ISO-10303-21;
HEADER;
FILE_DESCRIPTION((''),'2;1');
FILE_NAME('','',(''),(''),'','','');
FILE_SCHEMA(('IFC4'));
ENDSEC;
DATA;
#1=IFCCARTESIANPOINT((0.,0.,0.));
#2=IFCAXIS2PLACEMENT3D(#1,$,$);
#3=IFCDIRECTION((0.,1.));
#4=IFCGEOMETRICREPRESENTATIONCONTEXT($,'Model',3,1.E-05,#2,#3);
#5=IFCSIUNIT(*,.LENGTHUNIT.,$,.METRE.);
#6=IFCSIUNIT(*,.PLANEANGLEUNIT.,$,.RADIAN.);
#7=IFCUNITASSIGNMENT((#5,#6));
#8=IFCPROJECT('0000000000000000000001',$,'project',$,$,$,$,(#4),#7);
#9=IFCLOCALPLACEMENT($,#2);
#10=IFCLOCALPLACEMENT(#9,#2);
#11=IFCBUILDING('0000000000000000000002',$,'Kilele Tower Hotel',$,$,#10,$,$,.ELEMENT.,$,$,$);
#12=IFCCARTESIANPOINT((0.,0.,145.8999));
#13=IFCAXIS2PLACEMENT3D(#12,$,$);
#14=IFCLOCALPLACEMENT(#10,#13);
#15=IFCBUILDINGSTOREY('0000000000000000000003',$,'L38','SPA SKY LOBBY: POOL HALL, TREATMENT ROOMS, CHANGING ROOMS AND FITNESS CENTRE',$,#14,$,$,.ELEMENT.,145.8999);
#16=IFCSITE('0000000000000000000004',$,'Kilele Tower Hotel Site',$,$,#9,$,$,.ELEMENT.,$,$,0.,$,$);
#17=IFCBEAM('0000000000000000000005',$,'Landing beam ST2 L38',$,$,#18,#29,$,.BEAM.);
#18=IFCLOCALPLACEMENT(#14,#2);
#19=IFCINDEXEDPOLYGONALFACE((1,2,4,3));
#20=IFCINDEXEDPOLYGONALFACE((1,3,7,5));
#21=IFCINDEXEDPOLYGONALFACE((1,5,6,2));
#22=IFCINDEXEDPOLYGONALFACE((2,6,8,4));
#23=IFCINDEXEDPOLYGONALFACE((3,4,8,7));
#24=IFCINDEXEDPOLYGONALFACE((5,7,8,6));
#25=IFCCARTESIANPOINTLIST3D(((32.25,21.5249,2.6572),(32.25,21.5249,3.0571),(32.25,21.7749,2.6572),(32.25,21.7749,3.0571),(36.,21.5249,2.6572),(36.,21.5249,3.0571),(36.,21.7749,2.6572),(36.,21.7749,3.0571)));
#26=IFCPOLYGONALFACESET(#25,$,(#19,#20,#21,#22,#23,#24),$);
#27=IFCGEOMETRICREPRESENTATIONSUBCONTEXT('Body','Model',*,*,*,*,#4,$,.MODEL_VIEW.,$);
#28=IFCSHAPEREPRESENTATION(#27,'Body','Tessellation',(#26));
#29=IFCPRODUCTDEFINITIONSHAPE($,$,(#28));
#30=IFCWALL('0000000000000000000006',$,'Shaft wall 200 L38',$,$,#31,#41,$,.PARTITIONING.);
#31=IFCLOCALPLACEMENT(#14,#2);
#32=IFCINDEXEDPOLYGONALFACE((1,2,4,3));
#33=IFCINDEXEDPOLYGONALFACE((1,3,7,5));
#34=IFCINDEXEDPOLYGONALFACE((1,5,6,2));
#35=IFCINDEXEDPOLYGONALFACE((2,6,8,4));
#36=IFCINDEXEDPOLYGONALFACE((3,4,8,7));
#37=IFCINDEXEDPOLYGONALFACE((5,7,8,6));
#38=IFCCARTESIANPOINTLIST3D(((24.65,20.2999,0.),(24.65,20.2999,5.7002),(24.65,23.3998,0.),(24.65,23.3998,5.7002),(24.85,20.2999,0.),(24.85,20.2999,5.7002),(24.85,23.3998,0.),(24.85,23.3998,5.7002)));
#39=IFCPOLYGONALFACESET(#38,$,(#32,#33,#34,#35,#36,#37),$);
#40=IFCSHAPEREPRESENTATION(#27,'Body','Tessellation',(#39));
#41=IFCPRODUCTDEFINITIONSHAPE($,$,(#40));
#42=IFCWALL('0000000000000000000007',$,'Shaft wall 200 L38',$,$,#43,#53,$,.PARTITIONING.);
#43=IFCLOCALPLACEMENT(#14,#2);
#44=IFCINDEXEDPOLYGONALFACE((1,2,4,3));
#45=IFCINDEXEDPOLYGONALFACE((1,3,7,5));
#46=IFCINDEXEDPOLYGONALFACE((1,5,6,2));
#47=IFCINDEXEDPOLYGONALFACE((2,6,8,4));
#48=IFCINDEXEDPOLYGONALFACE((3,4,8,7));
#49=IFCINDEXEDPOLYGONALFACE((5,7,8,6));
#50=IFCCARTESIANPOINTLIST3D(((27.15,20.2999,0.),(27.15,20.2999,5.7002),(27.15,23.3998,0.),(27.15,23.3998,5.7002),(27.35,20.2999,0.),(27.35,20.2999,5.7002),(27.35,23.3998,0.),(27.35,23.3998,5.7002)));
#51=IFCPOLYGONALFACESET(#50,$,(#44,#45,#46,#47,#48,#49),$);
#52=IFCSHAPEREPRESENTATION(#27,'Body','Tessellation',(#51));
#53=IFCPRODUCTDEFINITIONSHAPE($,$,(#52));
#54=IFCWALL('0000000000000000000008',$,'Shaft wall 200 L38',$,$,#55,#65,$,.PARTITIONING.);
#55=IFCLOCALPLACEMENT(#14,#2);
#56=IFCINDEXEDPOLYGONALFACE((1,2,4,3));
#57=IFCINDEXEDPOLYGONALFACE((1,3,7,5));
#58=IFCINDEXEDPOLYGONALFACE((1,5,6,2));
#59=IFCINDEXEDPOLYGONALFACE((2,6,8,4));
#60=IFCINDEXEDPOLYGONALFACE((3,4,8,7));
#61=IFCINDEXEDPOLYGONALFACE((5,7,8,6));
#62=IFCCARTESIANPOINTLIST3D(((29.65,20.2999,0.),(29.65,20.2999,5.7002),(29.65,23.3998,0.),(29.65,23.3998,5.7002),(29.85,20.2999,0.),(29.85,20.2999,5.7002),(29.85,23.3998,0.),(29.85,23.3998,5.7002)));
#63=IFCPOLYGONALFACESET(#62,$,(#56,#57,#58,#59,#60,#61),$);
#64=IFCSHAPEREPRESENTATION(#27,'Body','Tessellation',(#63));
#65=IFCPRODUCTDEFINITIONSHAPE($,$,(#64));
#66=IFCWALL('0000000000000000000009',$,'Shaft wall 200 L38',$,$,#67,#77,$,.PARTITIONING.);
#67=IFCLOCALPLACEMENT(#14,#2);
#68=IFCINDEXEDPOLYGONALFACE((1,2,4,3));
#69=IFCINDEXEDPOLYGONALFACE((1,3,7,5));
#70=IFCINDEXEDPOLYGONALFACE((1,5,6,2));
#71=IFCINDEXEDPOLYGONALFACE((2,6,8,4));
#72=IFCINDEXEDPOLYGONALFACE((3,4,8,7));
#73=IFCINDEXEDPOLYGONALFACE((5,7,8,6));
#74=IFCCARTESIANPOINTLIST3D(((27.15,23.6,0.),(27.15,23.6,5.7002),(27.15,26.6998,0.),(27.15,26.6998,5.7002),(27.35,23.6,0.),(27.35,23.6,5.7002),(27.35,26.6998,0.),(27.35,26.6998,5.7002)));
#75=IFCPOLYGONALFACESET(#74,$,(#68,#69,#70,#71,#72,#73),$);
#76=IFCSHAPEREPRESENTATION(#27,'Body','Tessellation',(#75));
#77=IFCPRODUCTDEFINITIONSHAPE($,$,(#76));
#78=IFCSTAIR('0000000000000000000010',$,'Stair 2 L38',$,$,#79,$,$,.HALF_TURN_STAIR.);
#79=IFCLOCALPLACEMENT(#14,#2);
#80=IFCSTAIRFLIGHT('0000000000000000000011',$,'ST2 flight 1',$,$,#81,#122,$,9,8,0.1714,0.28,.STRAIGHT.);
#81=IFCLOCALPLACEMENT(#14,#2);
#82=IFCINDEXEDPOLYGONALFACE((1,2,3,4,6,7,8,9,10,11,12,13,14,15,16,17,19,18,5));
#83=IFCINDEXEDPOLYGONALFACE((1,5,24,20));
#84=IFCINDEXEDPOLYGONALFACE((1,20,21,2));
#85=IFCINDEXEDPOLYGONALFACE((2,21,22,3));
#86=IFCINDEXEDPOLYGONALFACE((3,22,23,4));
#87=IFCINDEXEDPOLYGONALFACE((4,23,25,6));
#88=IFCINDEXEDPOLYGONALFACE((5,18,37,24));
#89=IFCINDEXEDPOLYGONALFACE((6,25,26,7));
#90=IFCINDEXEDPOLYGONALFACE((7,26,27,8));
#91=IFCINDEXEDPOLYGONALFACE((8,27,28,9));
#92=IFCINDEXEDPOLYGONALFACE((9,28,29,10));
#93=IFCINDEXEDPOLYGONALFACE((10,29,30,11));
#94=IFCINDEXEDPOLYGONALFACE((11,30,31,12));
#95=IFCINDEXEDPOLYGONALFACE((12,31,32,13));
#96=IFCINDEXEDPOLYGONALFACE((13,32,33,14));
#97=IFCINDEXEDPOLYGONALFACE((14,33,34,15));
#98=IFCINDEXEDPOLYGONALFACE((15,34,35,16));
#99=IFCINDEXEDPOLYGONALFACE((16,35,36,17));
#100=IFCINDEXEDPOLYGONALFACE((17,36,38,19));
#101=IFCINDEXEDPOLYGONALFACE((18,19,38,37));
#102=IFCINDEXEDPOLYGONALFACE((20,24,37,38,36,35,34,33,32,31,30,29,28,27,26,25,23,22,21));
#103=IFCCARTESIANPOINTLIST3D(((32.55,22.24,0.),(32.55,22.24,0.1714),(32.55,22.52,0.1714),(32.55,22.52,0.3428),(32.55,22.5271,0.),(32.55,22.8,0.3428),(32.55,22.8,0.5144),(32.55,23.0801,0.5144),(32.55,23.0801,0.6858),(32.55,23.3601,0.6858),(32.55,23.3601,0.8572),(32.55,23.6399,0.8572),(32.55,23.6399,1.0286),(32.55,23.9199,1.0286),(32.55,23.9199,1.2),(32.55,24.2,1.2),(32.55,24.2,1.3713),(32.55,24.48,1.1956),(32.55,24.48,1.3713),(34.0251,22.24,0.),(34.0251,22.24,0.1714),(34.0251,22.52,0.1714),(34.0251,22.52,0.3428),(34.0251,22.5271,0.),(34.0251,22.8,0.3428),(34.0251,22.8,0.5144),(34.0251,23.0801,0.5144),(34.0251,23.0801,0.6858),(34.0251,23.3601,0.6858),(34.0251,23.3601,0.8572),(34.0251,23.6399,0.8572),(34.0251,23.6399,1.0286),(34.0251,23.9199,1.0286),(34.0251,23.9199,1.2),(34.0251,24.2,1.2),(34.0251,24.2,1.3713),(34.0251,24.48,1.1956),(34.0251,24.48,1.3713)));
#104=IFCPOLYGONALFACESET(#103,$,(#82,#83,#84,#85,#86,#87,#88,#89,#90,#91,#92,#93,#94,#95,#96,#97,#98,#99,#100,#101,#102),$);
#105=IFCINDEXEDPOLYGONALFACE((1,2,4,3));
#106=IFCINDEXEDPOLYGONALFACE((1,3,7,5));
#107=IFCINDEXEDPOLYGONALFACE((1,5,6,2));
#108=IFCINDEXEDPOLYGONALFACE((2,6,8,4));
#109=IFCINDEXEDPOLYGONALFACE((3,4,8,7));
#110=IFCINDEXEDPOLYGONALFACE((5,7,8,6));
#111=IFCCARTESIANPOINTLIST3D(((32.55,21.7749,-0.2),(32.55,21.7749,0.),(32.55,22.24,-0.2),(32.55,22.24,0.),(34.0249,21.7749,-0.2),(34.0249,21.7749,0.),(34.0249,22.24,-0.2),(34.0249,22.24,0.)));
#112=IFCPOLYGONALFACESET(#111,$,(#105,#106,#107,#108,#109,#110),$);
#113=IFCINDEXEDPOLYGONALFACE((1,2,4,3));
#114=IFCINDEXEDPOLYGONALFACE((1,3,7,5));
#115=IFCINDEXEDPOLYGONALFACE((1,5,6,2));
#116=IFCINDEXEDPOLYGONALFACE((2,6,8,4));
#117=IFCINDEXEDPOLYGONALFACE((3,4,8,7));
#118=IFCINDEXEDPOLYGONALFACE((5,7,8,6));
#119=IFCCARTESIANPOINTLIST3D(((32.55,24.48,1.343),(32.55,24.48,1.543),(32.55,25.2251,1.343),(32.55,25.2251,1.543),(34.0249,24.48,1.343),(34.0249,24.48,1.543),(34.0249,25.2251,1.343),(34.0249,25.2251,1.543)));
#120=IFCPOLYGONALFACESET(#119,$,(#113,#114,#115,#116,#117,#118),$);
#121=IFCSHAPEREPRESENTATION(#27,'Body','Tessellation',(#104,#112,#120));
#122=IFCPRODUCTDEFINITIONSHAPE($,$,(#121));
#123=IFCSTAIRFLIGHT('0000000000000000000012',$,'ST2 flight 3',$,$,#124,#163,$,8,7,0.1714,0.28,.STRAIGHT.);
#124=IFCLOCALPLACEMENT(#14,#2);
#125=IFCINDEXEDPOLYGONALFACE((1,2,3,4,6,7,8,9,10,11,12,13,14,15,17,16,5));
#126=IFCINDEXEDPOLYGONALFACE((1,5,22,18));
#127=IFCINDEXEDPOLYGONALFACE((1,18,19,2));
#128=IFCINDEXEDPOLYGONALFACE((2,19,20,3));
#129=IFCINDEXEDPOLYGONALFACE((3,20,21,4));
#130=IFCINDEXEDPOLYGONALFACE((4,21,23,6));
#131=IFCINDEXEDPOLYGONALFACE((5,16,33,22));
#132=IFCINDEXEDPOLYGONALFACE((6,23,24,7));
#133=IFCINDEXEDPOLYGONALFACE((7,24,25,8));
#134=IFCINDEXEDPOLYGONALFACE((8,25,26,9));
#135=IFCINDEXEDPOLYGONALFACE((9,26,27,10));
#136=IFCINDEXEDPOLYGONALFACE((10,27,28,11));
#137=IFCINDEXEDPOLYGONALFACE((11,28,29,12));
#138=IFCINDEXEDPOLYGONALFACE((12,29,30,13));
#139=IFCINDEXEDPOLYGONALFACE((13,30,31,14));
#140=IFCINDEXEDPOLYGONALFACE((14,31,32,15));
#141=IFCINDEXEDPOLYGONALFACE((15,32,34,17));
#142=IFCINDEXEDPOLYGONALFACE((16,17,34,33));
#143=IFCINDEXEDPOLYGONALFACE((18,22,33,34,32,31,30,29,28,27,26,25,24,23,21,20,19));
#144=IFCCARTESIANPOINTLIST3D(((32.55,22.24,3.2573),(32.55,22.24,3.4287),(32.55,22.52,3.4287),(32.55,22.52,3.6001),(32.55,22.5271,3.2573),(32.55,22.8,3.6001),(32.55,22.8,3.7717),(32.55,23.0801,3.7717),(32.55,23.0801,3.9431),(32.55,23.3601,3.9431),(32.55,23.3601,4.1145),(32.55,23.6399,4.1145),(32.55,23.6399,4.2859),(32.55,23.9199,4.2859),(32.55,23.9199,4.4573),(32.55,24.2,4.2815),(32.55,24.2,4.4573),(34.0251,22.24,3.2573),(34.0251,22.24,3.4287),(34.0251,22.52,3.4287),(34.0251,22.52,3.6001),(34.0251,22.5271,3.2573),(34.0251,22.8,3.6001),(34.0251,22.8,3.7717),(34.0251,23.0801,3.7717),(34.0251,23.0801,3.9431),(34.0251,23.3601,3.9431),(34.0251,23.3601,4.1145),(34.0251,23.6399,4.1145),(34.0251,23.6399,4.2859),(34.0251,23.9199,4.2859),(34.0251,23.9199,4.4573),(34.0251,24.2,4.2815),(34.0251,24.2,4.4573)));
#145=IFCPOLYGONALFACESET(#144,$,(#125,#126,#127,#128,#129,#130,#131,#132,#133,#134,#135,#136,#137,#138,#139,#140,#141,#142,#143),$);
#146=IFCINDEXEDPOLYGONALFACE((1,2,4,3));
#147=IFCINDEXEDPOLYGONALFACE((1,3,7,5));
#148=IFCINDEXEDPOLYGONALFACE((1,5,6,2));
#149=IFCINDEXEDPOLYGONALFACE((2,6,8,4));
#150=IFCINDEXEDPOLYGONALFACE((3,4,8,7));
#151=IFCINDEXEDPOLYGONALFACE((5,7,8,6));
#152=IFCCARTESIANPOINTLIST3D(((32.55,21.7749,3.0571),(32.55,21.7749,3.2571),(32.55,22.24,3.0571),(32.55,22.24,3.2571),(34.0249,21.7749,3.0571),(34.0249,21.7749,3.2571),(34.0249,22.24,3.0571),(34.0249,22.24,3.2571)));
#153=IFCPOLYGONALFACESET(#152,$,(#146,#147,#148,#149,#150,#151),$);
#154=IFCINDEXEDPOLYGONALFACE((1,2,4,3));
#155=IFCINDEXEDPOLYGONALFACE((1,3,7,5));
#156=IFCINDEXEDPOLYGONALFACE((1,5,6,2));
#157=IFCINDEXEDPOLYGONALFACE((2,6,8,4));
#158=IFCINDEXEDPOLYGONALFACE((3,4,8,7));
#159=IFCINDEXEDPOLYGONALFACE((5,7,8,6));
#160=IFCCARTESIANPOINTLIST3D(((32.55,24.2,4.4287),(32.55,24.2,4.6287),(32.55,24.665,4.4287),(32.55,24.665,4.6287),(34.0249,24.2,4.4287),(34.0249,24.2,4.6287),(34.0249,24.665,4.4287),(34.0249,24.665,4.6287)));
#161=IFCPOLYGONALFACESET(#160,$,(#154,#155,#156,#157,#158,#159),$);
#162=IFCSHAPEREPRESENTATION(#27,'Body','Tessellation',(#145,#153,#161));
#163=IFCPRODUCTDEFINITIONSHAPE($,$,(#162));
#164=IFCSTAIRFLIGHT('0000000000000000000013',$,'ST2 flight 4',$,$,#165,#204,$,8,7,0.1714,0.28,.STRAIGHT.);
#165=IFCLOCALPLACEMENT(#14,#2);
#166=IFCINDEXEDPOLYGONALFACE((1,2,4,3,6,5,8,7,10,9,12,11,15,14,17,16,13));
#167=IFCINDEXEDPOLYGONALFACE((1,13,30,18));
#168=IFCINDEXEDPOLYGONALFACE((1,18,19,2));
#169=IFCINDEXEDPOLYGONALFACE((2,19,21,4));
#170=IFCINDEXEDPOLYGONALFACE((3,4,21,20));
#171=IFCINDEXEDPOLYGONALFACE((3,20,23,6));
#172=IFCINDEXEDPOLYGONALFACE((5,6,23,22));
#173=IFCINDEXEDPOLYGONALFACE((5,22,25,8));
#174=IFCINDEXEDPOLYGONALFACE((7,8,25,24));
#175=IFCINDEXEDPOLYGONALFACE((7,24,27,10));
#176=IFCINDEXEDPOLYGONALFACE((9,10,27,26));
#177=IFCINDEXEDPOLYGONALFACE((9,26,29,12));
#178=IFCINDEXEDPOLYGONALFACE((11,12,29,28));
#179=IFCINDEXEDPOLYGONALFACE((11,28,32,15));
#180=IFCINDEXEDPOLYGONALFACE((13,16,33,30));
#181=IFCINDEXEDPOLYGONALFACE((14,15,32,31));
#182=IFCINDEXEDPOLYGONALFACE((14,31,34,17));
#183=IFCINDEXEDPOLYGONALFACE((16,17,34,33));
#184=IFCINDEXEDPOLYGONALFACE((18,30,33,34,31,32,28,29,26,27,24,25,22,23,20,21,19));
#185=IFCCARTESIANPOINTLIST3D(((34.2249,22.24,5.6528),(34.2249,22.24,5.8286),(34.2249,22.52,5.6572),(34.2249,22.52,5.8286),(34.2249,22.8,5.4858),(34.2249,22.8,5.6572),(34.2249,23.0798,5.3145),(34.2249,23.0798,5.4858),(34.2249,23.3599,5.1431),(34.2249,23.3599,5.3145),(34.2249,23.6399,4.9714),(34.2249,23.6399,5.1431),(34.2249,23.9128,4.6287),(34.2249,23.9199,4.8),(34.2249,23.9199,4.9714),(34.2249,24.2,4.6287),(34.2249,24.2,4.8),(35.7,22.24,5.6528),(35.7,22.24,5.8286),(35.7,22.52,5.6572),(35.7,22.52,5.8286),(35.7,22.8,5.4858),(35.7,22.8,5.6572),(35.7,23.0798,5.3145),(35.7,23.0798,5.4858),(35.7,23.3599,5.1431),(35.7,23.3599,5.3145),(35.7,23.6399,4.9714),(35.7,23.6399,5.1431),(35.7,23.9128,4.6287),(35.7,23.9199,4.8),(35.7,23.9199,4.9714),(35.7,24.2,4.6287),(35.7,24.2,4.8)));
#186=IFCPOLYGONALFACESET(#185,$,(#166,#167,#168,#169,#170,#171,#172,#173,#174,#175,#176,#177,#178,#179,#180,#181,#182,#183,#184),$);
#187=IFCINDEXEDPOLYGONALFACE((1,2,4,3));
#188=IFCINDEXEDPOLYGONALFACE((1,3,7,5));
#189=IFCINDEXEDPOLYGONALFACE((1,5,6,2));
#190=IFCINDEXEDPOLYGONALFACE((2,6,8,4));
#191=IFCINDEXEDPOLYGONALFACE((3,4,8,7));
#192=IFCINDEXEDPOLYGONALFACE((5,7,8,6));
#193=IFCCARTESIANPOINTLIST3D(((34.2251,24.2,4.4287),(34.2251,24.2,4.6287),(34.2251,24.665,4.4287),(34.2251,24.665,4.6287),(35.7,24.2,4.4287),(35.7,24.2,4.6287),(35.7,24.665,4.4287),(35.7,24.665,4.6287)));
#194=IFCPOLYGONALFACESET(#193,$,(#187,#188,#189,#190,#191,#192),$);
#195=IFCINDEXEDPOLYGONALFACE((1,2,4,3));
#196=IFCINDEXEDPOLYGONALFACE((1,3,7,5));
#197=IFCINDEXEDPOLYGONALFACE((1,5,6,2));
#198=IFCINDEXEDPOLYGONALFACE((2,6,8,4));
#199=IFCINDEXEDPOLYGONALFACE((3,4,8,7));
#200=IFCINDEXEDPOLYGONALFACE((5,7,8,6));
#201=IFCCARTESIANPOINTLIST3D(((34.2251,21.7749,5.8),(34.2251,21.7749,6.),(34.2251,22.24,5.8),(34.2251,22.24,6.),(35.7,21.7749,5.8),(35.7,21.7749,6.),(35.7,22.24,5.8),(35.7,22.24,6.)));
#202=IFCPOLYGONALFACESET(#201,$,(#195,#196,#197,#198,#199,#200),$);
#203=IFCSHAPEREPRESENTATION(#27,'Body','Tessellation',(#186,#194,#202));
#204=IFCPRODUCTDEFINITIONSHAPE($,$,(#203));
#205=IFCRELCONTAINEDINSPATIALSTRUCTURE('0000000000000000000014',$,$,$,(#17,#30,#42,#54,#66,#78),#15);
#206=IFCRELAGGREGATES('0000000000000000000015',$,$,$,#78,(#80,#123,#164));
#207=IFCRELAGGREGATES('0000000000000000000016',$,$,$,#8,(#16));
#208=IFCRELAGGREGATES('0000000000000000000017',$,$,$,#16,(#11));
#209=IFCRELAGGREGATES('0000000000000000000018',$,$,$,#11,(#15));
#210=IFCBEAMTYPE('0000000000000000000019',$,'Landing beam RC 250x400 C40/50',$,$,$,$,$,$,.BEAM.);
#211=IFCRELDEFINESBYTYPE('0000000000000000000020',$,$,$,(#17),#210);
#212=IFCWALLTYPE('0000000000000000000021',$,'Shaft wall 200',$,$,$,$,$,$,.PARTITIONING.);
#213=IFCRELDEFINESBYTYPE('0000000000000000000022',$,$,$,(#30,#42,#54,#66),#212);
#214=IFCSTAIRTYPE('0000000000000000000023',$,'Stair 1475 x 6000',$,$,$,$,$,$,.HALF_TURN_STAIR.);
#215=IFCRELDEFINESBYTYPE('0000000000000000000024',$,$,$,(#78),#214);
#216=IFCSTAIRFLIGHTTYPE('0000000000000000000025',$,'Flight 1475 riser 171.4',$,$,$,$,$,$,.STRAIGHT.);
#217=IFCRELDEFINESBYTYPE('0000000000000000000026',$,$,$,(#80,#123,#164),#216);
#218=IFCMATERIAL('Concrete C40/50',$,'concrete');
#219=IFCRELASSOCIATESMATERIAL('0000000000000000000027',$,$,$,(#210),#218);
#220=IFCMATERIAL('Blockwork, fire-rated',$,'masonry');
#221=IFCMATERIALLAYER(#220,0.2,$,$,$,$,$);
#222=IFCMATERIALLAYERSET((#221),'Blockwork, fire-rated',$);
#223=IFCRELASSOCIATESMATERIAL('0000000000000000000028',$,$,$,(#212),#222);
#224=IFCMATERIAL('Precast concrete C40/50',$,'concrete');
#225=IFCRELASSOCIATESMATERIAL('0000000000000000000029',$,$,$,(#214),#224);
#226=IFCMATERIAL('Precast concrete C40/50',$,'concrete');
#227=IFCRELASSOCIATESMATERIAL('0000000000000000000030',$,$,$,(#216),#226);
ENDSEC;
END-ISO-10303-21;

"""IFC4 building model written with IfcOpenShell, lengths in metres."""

from ifc_helpers import new_model, si_unit, direction, frame, frame_2d, origin, origin_2d, place, context, subcontext, project, spatial, polyline, rectangle, outline, extrude, material, layer, layer_set, material_profile, profile_set, type_object, element, aggregate, save


model = new_model("IFC4")

# Units and contexts
model_context = context("Model", 3, precision=1e-05, world=origin(), true_north=direction((0.0, 1.0)))
body_context = subcontext(model_context, "Body", "Model", "MODEL_VIEW")
ifc_project = project(units=[si_unit("LENGTHUNIT", "METRE"), si_unit("PLANEANGLEUNIT", "RADIAN")], contexts=[model_context])

# Site, building, storey
site_placement = place(None, origin())
site = spatial("IfcSite", under=ifc_project, at=site_placement, Name="Kilele Tower Hotel Site", CompositionType="ELEMENT", RefElevation=0.0)
building_placement = place(site_placement, origin())
building = spatial("IfcBuilding", under=site, at=building_placement, Name="Kilele Tower Hotel", CompositionType="ELEMENT")
storey_placement = place(building_placement, frame((0.0, 0.0, 145.8999)))
storey = spatial("IfcBuildingStorey", under=building, at=storey_placement, Name="L38", Description="SPA SKY LOBBY: POOL HALL, TREATMENT ROOMS, CHANGING ROOMS AND FITNESS CENTRE", CompositionType="ELEMENT", Elevation=145.8999)

# Beam
ifc_material_1 = material(Name="Concrete C40/50", Category="concrete")
ifc_material_profile = material_profile(ifc_material_1, rectangle(XDim=0.25, YDim=0.3999, at=origin_2d()))
ifc_profile_set = profile_set([ifc_material_profile], Name="Concrete C40/50")
beam_type = type_object("IfcBeamType", Name="Landing beam RC 250x400 C40/50", PredefinedType="BEAM", material=ifc_profile_set)
beam_placement = place(storey_placement, frame((32.25, 21.6499, 2.8572), z_axis=(1.0, 0.0, 0.0), x_axis=(0.0, 1.0, 0.0)))
element("IfcBeam", 1, at=beam_placement, inside=storey, type_object=beam_type, Name="Landing beam ST2 L38", PredefinedType="BEAM", context=body_context, shape_type="SweptSolid", body=[
    extrude(rectangle(XDim=0.25, YDim=0.3999, at=origin_2d()), origin(), (0.0, 0.0, 1.0), 3.75),
])

# Walls
ifc_material_2 = material(Name="Blockwork, fire-rated", Category="masonry")
ifc_layer = layer(ifc_material_2, 0.2)
ifc_layer_set = layer_set([ifc_layer], Name="Blockwork, fire-rated")
wall_type = type_object("IfcWallType", Name="Shaft wall 200", PredefinedType="PARTITIONING", material=ifc_layer_set)
for number, where, z_axis, x_axis, name in (
    (2, (24.75, 20.3, 0.0), (0.0, 0.0, 1.0), (0.0, 1.0, 0.0), "Shaft wall 200 L38"),
    (3, (27.25, 20.3, 0.0), (0.0, 0.0, 1.0), (0.0, 1.0, 0.0), "Shaft wall 200 L38"),
    (4, (29.75, 20.3, 0.0), (0.0, 0.0, 1.0), (0.0, 1.0, 0.0), "Shaft wall 200 L38"),
    (5, (27.25, 23.6001, 0.0), (0.0, 0.0, 1.0), (0.0, 1.0, 0.0), "Shaft wall 200 L38"),
):
    element("IfcWall", number, at=place(storey_placement, frame(where, z_axis=z_axis, x_axis=x_axis)), inside=storey, type_object=wall_type, Name=name, PredefinedType="PARTITIONING", context=body_context, shape_type="SweptSolid", body=[
        extrude(rectangle(XDim=3.0999, YDim=0.2, at=frame_2d((1.5498, 0.0))), origin(), (0.0, 0.0, 1.0), 5.7002),
    ])

# Stair, stair flights
ifc_material_3 = material(Name="Precast concrete C40/50", Category="concrete")
stair_type = type_object("IfcStairType", Name="Stair 1475 x 6000", PredefinedType="HALF_TURN_STAIR", material=ifc_material_3)
stair_placement = place(storey_placement, origin())
stair = element("IfcStair", 6, at=stair_placement, inside=storey, type_object=stair_type, Name="Stair 2 L38", PredefinedType="HALF_TURN_STAIR")
ifc_material_4 = material(Name="Precast concrete C40/50", Category="concrete")
stair_flight_type = type_object("IfcStairFlightType", Name="Flight 1475 riser 171.4", PredefinedType="STRAIGHT", material=ifc_material_4)
stair_flight_1_placement = place(storey_placement, frame((33.2876, 22.24, 0.0), z_axis=(0.0, 0.0, 1.0), x_axis=(0.0, 1.0, 0.0)))
stair_flight_1 = element("IfcStairFlight", 7, at=stair_flight_1_placement, type_object=stair_flight_type, Name="ST2 flight 1", NumberOfRisers=9, NumberOfTreads=8, PredefinedType="STRAIGHT", RiserHeight=0.1714, TreadLength=0.28, context=body_context, shape_type="SweptSolid", body=[
    extrude(outline(polyline([(0.0, 0.0), (0.0, 0.1714), (0.28, 0.1714), (0.28, 0.3428), (0.5601, 0.3428), (0.5601, 0.5144), (0.8401, 0.5144), (0.8401, 0.6858), (1.1201, 0.6858), (1.1201, 0.8572), (1.3999, 0.8572), (1.3999, 1.0286), (1.6799, 1.0286), (1.6799, 1.2), (1.96, 1.2), (1.96, 1.3713), (2.24, 1.3713), (2.24, 1.543), (2.24, 1.1956), (0.2871, 0.0), (0.0, 0.0)])), frame((0.0, 0.7375, 0.0), z_axis=(0.0, -1.0, 0.0), x_axis=(1.0, 0.0, 0.0)), (0.0, 0.0, 1.0), 1.4751),
    extrude(outline(polyline([(-0.4651, 0.7375), (-0.4651, -0.7373), (0.0, -0.7373), (0.0, 0.7375), (-0.4651, 0.7375)])), frame((0.0, 0.0, -0.2)), (0.0, 0.0, 1.0), 0.2),
    extrude(outline(polyline([(2.24, 0.7375), (2.24, -0.7373), (2.9851, -0.7373), (2.9851, 0.7375), (2.24, 0.7375)])), frame((0.0, 0.0, 1.343)), (0.0, 0.0, 1.0), 0.2),
])
stair_flight_2_placement = place(storey_placement, frame((33.2876, 22.24, 3.2573), z_axis=(0.0, 0.0, 1.0), x_axis=(0.0, 1.0, 0.0)))
stair_flight_2 = element("IfcStairFlight", 8, at=stair_flight_2_placement, type_object=stair_flight_type, Name="ST2 flight 3", NumberOfRisers=8, NumberOfTreads=7, PredefinedType="STRAIGHT", RiserHeight=0.1714, TreadLength=0.28, context=body_context, shape_type="SweptSolid", body=[
    extrude(outline(polyline([(0.0, 0.0), (0.0, 0.1714), (0.28, 0.1714), (0.28, 0.3428), (0.5601, 0.3428), (0.5601, 0.5144), (0.8401, 0.5144), (0.8401, 0.6858), (1.1201, 0.6858), (1.1201, 0.8572), (1.3999, 0.8572), (1.3999, 1.0286), (1.6799, 1.0286), (1.6799, 1.2), (1.96, 1.2), (1.96, 1.3713), (1.96, 1.0242), (0.2871, 0.0), (0.0, 0.0)])), frame((0.0, 0.7375, 0.0), z_axis=(0.0, -1.0, 0.0), x_axis=(1.0, 0.0, 0.0)), (0.0, 0.0, 1.0), 1.4751),
    extrude(outline(polyline([(-0.4651, 0.7375), (-0.4651, -0.7373), (0.0, -0.7373), (0.0, 0.7375), (-0.4651, 0.7375)])), frame((0.0, 0.0, -0.2002)), (0.0, 0.0, 1.0), 0.2),
    extrude(outline(polyline([(1.96, 0.7375), (1.96, -0.7373), (2.425, -0.7373), (2.425, 0.7375), (1.96, 0.7375)])), frame((0.0, 0.0, 1.1714)), (0.0, 0.0, 1.0), 0.2),
])
stair_flight_3_placement = place(storey_placement, frame((34.9624, 24.2, 4.6287), z_axis=(0.0, 0.0, 1.0), x_axis=(0.0, -1.0, 0.0)))
stair_flight_3 = element("IfcStairFlight", 9, at=stair_flight_3_placement, type_object=stair_flight_type, Name="ST2 flight 4", NumberOfRisers=8, NumberOfTreads=7, PredefinedType="STRAIGHT", RiserHeight=0.1714, TreadLength=0.28, context=body_context, shape_type="SweptSolid", body=[
    extrude(outline(polyline([(0.0, 0.0), (0.0, 0.1714), (0.28, 0.1714), (0.28, 0.3428), (0.5601, 0.3428), (0.5601, 0.5144), (0.8401, 0.5144), (0.8401, 0.6858), (1.1201, 0.6858), (1.1201, 0.8572), (1.3999, 0.8572), (1.3999, 1.0286), (1.6799, 1.0286), (1.6799, 1.2), (1.96, 1.2), (1.96, 1.3713), (1.96, 1.0242), (0.2871, 0.0), (0.0, 0.0)])), frame((0.0, 0.7375, 0.0), z_axis=(0.0, -1.0, 0.0), x_axis=(1.0, 0.0, 0.0)), (0.0, 0.0, 1.0), 1.4751),
    extrude(outline(polyline([(0.0, -0.7373), (0.0, 0.7375), (-0.4651, 0.7375), (-0.4651, -0.7373), (0.0, -0.7373)])), frame((0.0, 0.0, -0.2)), (0.0, 0.0, 1.0), 0.2),
    extrude(outline(polyline([(2.425, -0.7373), (2.425, 0.7375), (1.96, 0.7375), (1.96, -0.7373), (2.425, -0.7373)])), frame((0.0, 0.0, 1.1714)), (0.0, 0.0, 1.0), 0.2),
])
aggregate(stair, [stair_flight_1, stair_flight_2, stair_flight_3])

save(model, "model.ifc")
